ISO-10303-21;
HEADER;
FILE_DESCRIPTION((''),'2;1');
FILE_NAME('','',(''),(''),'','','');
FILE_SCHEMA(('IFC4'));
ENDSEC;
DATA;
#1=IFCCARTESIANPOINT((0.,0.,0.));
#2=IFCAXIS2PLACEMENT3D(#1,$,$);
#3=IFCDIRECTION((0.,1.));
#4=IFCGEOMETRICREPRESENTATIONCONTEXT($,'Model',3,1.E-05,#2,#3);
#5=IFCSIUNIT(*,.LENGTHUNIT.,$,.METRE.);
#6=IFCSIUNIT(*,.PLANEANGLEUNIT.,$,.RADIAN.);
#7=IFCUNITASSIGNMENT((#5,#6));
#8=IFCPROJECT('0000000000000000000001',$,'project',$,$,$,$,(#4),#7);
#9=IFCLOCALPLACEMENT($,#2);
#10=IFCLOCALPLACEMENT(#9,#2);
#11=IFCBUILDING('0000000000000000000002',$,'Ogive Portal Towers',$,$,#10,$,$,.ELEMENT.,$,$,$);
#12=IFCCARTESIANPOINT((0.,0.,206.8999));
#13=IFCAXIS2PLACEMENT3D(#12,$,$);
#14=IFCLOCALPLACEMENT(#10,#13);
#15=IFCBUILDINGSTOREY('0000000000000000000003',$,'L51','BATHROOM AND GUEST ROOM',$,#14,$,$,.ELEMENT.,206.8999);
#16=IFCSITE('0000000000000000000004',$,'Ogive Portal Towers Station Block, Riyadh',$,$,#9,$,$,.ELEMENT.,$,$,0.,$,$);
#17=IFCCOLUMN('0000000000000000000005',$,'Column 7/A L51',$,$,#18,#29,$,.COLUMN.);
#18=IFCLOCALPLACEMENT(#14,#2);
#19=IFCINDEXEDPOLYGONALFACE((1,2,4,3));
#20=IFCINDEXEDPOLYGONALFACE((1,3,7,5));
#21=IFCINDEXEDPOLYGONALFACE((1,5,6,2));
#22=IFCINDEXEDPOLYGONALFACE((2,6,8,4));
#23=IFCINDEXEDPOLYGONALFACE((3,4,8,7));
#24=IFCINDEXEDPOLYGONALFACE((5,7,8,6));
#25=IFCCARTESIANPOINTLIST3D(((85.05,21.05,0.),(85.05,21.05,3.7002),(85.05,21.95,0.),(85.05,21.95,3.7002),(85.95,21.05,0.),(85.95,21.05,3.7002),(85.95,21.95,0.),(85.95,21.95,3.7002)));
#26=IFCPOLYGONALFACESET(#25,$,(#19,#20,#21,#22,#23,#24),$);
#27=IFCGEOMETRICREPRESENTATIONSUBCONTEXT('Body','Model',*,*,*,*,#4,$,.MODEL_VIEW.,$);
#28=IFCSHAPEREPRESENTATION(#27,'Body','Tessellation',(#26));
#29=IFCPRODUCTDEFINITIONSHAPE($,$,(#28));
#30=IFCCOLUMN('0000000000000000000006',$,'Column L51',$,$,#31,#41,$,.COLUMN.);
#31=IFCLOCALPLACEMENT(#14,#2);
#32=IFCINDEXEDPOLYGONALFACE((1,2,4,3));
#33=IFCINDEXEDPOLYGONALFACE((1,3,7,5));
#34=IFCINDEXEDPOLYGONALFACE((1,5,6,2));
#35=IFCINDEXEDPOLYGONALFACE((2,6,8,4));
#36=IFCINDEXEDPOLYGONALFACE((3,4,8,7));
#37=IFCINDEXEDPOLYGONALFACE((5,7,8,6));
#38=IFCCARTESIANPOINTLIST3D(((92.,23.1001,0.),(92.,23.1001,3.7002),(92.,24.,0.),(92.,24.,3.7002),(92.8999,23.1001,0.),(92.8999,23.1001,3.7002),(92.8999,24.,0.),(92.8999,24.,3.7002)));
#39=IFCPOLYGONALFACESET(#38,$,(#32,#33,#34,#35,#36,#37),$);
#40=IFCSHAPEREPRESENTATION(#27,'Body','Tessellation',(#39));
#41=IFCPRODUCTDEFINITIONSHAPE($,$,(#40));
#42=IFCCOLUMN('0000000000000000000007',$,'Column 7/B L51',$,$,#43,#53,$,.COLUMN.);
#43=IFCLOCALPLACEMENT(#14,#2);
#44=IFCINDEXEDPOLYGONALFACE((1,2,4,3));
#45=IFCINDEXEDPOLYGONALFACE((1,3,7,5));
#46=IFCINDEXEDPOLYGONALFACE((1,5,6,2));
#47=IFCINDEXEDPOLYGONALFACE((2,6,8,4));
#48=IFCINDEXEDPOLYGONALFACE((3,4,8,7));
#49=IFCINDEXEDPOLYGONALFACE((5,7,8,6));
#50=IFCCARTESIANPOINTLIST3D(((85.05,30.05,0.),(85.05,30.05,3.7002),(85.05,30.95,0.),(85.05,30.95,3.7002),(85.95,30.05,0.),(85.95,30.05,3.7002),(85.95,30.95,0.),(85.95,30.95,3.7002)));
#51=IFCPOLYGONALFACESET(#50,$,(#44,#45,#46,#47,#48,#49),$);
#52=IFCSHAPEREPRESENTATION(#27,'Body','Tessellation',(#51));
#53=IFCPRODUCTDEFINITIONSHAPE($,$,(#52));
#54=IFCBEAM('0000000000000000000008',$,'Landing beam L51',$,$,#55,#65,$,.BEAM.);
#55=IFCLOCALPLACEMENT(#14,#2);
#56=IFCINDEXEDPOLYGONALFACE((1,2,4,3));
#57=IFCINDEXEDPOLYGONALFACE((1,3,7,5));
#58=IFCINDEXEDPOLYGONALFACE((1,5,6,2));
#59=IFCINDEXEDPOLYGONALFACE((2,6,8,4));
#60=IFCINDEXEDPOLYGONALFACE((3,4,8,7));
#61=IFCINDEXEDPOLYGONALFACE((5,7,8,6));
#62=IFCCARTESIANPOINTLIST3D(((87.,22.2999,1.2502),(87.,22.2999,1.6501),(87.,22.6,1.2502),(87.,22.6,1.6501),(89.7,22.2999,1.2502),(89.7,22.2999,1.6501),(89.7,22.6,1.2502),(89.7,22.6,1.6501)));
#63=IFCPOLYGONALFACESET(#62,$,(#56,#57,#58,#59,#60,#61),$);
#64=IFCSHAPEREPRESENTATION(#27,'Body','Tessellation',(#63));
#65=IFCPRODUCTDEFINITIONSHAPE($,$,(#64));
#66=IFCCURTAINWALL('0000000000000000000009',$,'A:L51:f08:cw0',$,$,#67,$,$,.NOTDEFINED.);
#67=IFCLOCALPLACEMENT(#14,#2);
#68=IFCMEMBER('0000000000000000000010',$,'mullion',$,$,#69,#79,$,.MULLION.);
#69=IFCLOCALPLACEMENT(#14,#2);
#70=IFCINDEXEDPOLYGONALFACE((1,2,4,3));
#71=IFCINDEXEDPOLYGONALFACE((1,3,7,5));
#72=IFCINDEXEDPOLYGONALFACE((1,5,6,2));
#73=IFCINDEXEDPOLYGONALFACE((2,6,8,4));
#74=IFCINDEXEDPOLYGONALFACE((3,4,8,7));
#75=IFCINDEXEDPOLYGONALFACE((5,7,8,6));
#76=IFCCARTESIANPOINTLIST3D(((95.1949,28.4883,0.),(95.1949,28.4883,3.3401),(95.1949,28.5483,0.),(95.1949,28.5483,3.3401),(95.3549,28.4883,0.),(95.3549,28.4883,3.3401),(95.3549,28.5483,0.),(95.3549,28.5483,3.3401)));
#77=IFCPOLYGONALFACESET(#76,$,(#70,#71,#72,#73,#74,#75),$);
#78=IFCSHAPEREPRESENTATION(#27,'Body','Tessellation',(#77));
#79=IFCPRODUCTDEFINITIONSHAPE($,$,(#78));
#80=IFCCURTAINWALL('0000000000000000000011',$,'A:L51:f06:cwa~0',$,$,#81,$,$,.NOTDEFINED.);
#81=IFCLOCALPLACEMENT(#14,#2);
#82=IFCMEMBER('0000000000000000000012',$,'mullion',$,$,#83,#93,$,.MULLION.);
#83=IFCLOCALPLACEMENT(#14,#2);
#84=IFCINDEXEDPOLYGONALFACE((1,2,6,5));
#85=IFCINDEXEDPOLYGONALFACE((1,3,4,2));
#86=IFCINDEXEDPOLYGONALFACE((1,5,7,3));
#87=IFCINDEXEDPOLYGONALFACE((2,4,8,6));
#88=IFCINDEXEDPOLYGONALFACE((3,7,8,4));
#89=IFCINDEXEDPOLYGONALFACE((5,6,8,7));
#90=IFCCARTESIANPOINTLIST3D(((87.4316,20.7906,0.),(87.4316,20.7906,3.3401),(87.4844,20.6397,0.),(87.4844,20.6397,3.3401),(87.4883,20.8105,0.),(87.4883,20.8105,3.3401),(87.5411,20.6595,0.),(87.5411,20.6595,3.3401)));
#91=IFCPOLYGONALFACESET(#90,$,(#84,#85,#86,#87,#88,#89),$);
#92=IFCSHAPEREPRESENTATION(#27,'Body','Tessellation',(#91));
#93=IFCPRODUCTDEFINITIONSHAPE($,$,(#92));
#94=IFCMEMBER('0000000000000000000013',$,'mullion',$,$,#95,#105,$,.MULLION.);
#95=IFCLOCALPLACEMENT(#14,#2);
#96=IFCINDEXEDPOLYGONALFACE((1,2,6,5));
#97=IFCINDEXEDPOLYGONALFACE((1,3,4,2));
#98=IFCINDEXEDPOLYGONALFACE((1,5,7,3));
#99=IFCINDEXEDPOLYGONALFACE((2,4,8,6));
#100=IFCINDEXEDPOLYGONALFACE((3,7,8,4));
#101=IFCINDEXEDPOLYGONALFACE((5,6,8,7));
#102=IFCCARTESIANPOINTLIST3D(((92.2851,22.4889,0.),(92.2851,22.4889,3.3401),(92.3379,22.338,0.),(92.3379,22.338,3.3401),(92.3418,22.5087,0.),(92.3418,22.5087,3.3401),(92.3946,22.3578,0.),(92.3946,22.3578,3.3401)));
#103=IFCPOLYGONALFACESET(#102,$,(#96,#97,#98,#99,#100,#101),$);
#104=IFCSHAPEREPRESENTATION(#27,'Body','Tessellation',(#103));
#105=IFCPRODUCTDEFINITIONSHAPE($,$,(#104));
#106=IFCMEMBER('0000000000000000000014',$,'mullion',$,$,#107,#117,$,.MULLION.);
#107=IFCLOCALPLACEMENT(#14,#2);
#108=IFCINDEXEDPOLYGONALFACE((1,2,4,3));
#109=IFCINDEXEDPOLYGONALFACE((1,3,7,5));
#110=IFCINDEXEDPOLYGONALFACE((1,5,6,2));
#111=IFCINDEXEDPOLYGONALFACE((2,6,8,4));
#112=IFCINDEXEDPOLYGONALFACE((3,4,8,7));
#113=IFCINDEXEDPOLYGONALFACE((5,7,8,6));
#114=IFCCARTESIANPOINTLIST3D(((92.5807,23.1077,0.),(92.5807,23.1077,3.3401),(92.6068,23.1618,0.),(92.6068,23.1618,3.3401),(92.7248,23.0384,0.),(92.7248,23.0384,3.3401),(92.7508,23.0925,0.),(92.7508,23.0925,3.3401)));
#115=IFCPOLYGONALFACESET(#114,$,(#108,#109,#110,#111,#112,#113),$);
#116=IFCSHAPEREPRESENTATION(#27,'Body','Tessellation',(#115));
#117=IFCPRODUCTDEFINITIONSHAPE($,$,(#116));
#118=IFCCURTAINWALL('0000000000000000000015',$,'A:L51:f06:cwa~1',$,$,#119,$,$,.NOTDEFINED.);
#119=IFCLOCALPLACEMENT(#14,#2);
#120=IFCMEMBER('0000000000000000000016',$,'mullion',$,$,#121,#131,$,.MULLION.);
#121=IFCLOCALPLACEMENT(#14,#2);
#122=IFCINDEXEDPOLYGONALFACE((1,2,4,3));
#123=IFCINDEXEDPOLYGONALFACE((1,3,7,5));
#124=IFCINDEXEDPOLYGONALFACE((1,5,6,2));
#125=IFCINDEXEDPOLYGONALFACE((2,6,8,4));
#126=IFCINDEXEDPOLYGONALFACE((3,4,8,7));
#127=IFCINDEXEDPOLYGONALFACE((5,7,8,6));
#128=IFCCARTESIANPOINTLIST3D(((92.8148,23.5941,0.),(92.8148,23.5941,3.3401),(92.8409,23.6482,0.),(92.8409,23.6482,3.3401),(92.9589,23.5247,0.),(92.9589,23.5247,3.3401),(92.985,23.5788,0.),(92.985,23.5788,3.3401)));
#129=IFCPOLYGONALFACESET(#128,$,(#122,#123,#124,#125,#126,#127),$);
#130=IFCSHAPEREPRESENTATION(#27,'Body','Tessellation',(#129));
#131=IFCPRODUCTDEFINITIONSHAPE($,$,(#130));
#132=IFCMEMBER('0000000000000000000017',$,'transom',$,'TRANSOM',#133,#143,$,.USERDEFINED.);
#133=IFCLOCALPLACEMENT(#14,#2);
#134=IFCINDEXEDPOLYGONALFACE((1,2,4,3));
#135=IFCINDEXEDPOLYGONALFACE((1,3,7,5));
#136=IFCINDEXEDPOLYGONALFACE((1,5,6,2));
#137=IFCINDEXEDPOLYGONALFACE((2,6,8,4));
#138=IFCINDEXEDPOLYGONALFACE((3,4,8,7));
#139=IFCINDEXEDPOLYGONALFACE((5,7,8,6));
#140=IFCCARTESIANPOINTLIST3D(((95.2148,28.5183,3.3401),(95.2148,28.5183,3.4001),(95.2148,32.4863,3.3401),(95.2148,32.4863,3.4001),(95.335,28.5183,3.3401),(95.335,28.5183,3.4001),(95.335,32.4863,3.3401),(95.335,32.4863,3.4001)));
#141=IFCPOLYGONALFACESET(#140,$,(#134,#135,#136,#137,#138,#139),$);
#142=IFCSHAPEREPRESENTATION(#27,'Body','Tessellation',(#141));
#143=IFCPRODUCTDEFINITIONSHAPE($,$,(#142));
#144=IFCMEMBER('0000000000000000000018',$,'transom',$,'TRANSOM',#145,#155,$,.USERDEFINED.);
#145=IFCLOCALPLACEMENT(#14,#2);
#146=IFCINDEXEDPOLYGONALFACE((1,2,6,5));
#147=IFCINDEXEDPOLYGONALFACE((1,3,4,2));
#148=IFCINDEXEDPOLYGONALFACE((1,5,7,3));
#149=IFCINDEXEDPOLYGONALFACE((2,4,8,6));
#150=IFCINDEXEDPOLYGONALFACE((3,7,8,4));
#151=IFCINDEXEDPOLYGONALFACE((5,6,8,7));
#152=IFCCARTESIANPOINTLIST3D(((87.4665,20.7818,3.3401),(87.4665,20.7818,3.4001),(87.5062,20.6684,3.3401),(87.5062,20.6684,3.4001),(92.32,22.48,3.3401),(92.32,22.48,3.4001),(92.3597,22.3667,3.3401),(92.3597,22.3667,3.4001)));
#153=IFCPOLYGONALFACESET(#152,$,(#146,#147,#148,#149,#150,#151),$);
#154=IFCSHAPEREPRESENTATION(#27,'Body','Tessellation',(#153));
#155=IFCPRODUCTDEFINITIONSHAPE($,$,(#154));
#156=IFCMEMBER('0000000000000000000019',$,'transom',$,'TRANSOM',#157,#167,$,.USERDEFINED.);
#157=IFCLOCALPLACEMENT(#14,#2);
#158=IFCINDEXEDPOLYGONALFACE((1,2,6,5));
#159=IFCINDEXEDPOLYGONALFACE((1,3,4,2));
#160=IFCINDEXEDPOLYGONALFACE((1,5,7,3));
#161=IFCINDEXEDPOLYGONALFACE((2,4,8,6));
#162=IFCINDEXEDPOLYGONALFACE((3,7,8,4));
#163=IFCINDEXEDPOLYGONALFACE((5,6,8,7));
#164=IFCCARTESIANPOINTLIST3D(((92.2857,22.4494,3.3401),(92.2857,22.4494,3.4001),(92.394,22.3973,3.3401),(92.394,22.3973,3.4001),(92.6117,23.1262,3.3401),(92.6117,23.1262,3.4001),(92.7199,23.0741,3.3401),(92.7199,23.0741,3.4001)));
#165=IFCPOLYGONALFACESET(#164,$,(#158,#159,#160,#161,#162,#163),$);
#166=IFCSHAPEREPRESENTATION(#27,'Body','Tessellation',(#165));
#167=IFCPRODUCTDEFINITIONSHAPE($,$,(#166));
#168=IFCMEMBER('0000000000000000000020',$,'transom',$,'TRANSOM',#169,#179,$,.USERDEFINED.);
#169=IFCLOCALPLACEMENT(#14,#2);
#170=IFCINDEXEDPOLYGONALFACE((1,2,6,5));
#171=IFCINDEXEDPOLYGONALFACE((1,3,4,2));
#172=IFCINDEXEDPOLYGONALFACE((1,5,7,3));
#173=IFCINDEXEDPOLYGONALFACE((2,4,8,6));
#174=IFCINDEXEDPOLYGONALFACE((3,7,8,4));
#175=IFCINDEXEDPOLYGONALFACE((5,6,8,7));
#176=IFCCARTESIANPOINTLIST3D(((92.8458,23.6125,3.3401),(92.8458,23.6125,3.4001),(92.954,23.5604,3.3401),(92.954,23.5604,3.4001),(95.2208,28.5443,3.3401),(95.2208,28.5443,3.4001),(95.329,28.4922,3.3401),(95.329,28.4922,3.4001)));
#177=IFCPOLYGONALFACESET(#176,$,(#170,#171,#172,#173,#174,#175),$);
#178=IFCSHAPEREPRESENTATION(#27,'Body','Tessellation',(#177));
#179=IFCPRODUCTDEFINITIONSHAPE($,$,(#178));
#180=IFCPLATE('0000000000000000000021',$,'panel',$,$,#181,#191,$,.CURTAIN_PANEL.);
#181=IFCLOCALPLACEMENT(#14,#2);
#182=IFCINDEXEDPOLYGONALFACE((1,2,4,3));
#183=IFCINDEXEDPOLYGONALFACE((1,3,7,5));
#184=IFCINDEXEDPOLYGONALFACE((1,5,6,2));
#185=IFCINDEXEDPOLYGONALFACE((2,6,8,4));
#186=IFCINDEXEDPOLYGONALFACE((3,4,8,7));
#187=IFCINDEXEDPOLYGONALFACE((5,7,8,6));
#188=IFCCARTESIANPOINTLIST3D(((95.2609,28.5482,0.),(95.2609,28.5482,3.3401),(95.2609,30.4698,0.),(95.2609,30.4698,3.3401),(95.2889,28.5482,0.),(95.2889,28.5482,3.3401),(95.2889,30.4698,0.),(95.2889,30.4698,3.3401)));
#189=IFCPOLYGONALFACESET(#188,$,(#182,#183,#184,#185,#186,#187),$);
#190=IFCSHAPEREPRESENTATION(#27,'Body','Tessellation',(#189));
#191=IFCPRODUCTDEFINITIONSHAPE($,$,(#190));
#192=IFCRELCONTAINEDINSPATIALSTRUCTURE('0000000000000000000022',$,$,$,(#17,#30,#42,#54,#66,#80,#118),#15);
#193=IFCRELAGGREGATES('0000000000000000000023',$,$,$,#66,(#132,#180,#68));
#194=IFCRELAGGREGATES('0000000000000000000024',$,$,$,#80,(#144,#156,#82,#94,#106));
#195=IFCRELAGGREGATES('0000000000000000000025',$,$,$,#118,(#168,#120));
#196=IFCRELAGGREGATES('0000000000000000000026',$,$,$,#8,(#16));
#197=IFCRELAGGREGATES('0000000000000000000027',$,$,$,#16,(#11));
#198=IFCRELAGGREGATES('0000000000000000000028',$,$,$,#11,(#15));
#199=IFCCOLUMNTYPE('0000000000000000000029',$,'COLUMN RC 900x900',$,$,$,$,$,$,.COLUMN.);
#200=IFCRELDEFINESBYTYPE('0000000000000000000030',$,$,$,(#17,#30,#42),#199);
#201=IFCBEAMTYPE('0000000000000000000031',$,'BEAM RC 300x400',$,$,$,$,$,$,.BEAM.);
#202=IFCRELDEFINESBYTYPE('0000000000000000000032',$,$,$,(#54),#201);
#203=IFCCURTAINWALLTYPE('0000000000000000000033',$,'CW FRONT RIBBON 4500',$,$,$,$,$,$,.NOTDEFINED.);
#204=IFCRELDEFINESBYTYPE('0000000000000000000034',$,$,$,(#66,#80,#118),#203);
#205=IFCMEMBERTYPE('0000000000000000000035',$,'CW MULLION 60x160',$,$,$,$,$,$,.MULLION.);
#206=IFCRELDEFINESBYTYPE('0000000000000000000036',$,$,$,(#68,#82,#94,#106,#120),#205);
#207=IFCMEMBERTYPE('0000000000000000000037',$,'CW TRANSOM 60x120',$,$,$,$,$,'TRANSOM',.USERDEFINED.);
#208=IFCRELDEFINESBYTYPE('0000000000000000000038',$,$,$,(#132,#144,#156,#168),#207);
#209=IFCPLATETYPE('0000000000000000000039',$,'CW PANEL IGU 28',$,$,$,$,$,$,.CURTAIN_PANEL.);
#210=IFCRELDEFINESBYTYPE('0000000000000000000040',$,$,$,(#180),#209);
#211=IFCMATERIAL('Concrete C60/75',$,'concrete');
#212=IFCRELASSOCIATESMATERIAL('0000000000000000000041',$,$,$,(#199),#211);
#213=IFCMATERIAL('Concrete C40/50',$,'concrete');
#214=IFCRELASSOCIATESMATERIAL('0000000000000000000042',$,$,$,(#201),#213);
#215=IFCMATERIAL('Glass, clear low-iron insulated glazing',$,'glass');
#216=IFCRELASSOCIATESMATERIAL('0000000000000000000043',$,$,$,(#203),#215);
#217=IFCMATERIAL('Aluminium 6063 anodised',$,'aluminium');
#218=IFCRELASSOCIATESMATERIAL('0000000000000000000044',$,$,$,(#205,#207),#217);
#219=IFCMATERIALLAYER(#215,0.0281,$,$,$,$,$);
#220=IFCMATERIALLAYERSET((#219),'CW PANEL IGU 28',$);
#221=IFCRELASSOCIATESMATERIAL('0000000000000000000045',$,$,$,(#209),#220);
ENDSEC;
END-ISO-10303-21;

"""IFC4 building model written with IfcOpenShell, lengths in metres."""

from ifc_helpers import new_model, si_unit, direction, frame, origin, origin_2d, place, context, subcontext, project, spatial, rectangle, extrude, material, layer, layer_set, material_profile, profile_set, type_object, element, aggregate, save


model = new_model("IFC4")

# Units and contexts
model_context = context("Model", 3, precision=1e-05, world=origin(), true_north=direction((0.0, 1.0)))
body_context = subcontext(model_context, "Body", "Model", "MODEL_VIEW")
ifc_project = project(units=[si_unit("LENGTHUNIT", "METRE"), si_unit("PLANEANGLEUNIT", "RADIAN")], contexts=[model_context])

# Site, building, storey
site_placement = place(None, origin())
site = spatial("IfcSite", under=ifc_project, at=site_placement, Name="Ogive Portal Towers Station Block, Riyadh", CompositionType="ELEMENT", RefElevation=0.0)
building_placement = place(site_placement, origin())
building = spatial("IfcBuilding", under=site, at=building_placement, Name="Ogive Portal Towers", CompositionType="ELEMENT")
storey_placement = place(building_placement, frame((0.0, 0.0, 206.8999)))
storey = spatial("IfcBuildingStorey", under=building, at=storey_placement, Name="L51", Description="BATHROOM AND GUEST ROOM", CompositionType="ELEMENT", Elevation=206.8999)

# Columns
ifc_material_1 = material(Name="Concrete C60/75", Category="concrete")
ifc_material_profile_1 = material_profile(ifc_material_1, rectangle(XDim=0.8999, YDim=0.8999, at=origin_2d()), Name="RC 900x900")
ifc_profile_set_1 = profile_set([ifc_material_profile_1], Name="Concrete C60/75")
column_type = type_object("IfcColumnType", Name="COLUMN RC 900x900", PredefinedType="COLUMN", material=ifc_profile_set_1)
for number, where, z_axis, x_axis, name in (
    (1, (85.5, 21.5, 0.0), (0.0, 0.0, 1.0), (1.0, 0.0, 0.0), "Column 7/A L51"),
    (2, (92.45, 23.55, 0.0), (0.0, 0.0, 1.0), (1.0, 0.0, 0.0), "Column L51"),
    (3, (85.5, 30.5, 0.0), (0.0, 0.0, 1.0), (1.0, 0.0, 0.0), "Column 7/B L51"),
):
    element("IfcColumn", number, at=place(storey_placement, frame(where, z_axis=z_axis, x_axis=x_axis)), inside=storey, type_object=column_type, Name=name, PredefinedType="COLUMN", context=body_context, shape_type="SweptSolid", body=[
        extrude(rectangle(XDim=0.8999, YDim=0.8999, at=origin_2d()), origin(), (0.0, 0.0, 1.0), 3.7002),
    ])

# Beam
ifc_material_2 = material(Name="Concrete C40/50", Category="concrete")
ifc_material_profile_2 = material_profile(ifc_material_2, rectangle(XDim=0.3, YDim=0.3999, at=origin_2d()), Name="RC 300x400")
ifc_profile_set_2 = profile_set([ifc_material_profile_2], Name="Concrete C40/50")
beam_type = type_object("IfcBeamType", Name="BEAM RC 300x400", PredefinedType="BEAM", material=ifc_profile_set_2)
beam_placement = place(storey_placement, frame((87.0, 22.45, 1.4502), z_axis=(1.0, 0.0, 0.0), x_axis=(0.0, 1.0, 0.0)))
element("IfcBeam", 4, at=beam_placement, inside=storey, type_object=beam_type, Name="Landing beam L51", PredefinedType="BEAM", context=body_context, shape_type="SweptSolid", body=[
    extrude(rectangle(XDim=0.3, YDim=0.3999, at=origin_2d()), origin(), (0.0, 0.0, 1.0), 2.7),
])

# Curtain wall, member
ifc_material_3 = material(Name="Glass, clear low-iron insulated glazing", Category="glass")
curtain_wall_type = type_object("IfcCurtainWallType", Name="CW FRONT RIBBON 4500", PredefinedType="NOTDEFINED", material=ifc_material_3)
curtain_wall_1_placement = place(storey_placement, origin())
curtain_wall_1 = element("IfcCurtainWall", 5, at=curtain_wall_1_placement, inside=storey, type_object=curtain_wall_type, Name="A:L51:f08:cw0", PredefinedType="NOTDEFINED")
ifc_material_4 = material(Name="Aluminium 6063 anodised", Category="aluminium")
ifc_material_profile_3 = material_profile(ifc_material_4, rectangle(XDim=0.1599, YDim=0.0601, at=origin_2d()), Name="AL 60x160")
ifc_profile_set_3 = profile_set([ifc_material_profile_3], Name="Aluminium 6063 anodised")
member_type_1 = type_object("IfcMemberType", Name="CW MULLION 60x160", PredefinedType="MULLION", material=ifc_profile_set_3)
member_1_placement = place(storey_placement, frame((95.2749, 28.5183, 0.0), z_axis=(0.0, 0.0, 1.0), x_axis=(-1.0, 0.0, 0.0)))
member_1 = element("IfcMember", 6, at=member_1_placement, type_object=member_type_1, Name="mullion", PredefinedType="MULLION", context=body_context, shape_type="SweptSolid", body=[
    extrude(rectangle(XDim=0.1599, YDim=0.0601, at=origin_2d()), origin(), (0.0, 0.0, 1.0), 3.3401),
])

# Curtain wall, members
curtain_wall_2_placement = place(storey_placement, origin())
curtain_wall_2 = element("IfcCurtainWall", 7, at=curtain_wall_2_placement, inside=storey, type_object=curtain_wall_type, Name="A:L51:f06:cwa~0", PredefinedType="NOTDEFINED")
member_2_placement = place(storey_placement, frame((87.4863, 20.7251, 0.0), z_axis=(0.0, 0.0, 1.0), x_axis=(-0.330279, 0.943883, 0.0)))
member_2 = element("IfcMember", 8, at=member_2_placement, type_object=member_type_1, Name="mullion", PredefinedType="MULLION", context=body_context, shape_type="SweptSolid", body=[
    extrude(rectangle(XDim=0.1599, YDim=0.0601, at=origin_2d()), origin(), (0.0, 0.0, 1.0), 3.3401),
])
member_3_placement = place(storey_placement, frame((92.3398, 22.4233, 0.0), z_axis=(0.0, 0.0, 1.0), x_axis=(-0.330279, 0.943883, 0.0)))
member_3 = element("IfcMember", 9, at=member_3_placement, type_object=member_type_1, Name="mullion", PredefinedType="MULLION", context=body_context, shape_type="SweptSolid", body=[
    extrude(rectangle(XDim=0.1599, YDim=0.0601, at=origin_2d()), origin(), (0.0, 0.0, 1.0), 3.3401),
])
member_4_placement = place(storey_placement, frame((92.6658, 23.1001, 0.0), z_axis=(0.0, 0.0, 1.0), x_axis=(-0.900969, 0.433884, 0.0)))
member_4 = element("IfcMember", 10, at=member_4_placement, type_object=member_type_1, Name="mullion", PredefinedType="MULLION", context=body_context, shape_type="SweptSolid", body=[
    extrude(rectangle(XDim=0.1599, YDim=0.0601, at=origin_2d()), origin(), (0.0, 0.0, 1.0), 3.3401),
])

# Curtain wall, member
curtain_wall_3_placement = place(storey_placement, origin())
curtain_wall_3 = element("IfcCurtainWall", 11, at=curtain_wall_3_placement, inside=storey, type_object=curtain_wall_type, Name="A:L51:f06:cwa~1", PredefinedType="NOTDEFINED")
member_5_placement = place(storey_placement, frame((92.8999, 23.5864, 0.0), z_axis=(0.0, 0.0, 1.0), x_axis=(-0.900969, 0.433884, 0.0)))
member_5 = element("IfcMember", 12, at=member_5_placement, type_object=member_type_1, Name="mullion", PredefinedType="MULLION", context=body_context, shape_type="SweptSolid", body=[
    extrude(rectangle(XDim=0.1599, YDim=0.0601, at=origin_2d()), origin(), (0.0, 0.0, 1.0), 3.3401),
])

# Members
ifc_material_profile_4 = material_profile(ifc_material_4, rectangle(XDim=0.1201, YDim=0.0601, at=origin_2d()), Name="AL 120x60")
ifc_profile_set_4 = profile_set([ifc_material_profile_4], Name="Aluminium 6063 anodised")
member_type_2 = type_object("IfcMemberType", Name="CW TRANSOM 60x120", ElementType="TRANSOM", PredefinedType="USERDEFINED", material=ifc_profile_set_4)
member_6_placement = place(storey_placement, frame((95.2749, 28.5183, 3.3701), z_axis=(0.0, 1.0, 0.0), x_axis=(-1.0, 0.0, 0.0)))
member_6 = element("IfcMember", 13, at=member_6_placement, type_object=member_type_2, Name="transom", ObjectType="TRANSOM", PredefinedType="USERDEFINED", context=body_context, shape_type="SweptSolid", body=[
    extrude(rectangle(XDim=0.1201, YDim=0.0601, at=origin_2d()), origin(), (0.0, 0.0, 1.0), 3.968),
])
member_7_placement = place(storey_placement, frame((87.4863, 20.7251, 3.3701), z_axis=(0.943888, 0.330266, 0.0), x_axis=(-0.330266, 0.943888, 0.0)))
member_7 = element("IfcMember", 14, at=member_7_placement, type_object=member_type_2, Name="transom", ObjectType="TRANSOM", PredefinedType="USERDEFINED", context=body_context, shape_type="SweptSolid", body=[
    extrude(rectangle(XDim=0.1201, YDim=0.0601, at=origin_2d()), origin(), (0.0, 0.0, 1.0), 5.1421),
])
member_8_placement = place(storey_placement, frame((92.3398, 22.4233, 3.3701), z_axis=(0.433904, 0.900959, 0.0), x_axis=(-0.900959, 0.433904, 0.0)))
member_8 = element("IfcMember", 15, at=member_8_placement, type_object=member_type_2, Name="transom", ObjectType="TRANSOM", PredefinedType="USERDEFINED", context=body_context, shape_type="SweptSolid", body=[
    extrude(rectangle(XDim=0.1201, YDim=0.0601, at=origin_2d()), origin(), (0.0, 0.0, 1.0), 0.7512),
])
member_9_placement = place(storey_placement, frame((92.8999, 23.5864, 3.3701), z_axis=(0.433873, 0.900974, 0.0), x_axis=(-0.900974, 0.433873, 0.0)))
member_9 = element("IfcMember", 16, at=member_9_placement, type_object=member_type_2, Name="transom", ObjectType="TRANSOM", PredefinedType="USERDEFINED", context=body_context, shape_type="SweptSolid", body=[
    extrude(rectangle(XDim=0.1201, YDim=0.0601, at=origin_2d()), origin(), (0.0, 0.0, 1.0), 5.4739),
])

# Plate
ifc_layer_1 = layer(ifc_material_3, 0.0281)
ifc_layer_set_1 = layer_set([ifc_layer_1], Name="CW PANEL IGU 28")
plate_type = type_object("IfcPlateType", Name="CW PANEL IGU 28", PredefinedType="CURTAIN_PANEL", material=ifc_layer_set_1)
plate_1_placement = place(storey_placement, frame((95.2749, 29.509, 0.0), z_axis=(0.0, 0.0, 1.0), x_axis=(0.0, 1.0, 0.0)))
plate_1 = element("IfcPlate", 17, at=plate_1_placement, type_object=plate_type, Name="panel", PredefinedType="CURTAIN_PANEL", context=body_context, shape_type="SweptSolid", body=[
    extrude(rectangle(XDim=1.9216, YDim=0.0281, at=origin_2d()), origin(), (0.0, 0.0, 1.0), 3.3401),
])
aggregate(curtain_wall_1, [member_6, plate_1, member_1])
aggregate(curtain_wall_2, [member_7, member_8, member_2, member_3, member_4])
aggregate(curtain_wall_3, [member_9, member_5])

save(model, "model.ifc")
